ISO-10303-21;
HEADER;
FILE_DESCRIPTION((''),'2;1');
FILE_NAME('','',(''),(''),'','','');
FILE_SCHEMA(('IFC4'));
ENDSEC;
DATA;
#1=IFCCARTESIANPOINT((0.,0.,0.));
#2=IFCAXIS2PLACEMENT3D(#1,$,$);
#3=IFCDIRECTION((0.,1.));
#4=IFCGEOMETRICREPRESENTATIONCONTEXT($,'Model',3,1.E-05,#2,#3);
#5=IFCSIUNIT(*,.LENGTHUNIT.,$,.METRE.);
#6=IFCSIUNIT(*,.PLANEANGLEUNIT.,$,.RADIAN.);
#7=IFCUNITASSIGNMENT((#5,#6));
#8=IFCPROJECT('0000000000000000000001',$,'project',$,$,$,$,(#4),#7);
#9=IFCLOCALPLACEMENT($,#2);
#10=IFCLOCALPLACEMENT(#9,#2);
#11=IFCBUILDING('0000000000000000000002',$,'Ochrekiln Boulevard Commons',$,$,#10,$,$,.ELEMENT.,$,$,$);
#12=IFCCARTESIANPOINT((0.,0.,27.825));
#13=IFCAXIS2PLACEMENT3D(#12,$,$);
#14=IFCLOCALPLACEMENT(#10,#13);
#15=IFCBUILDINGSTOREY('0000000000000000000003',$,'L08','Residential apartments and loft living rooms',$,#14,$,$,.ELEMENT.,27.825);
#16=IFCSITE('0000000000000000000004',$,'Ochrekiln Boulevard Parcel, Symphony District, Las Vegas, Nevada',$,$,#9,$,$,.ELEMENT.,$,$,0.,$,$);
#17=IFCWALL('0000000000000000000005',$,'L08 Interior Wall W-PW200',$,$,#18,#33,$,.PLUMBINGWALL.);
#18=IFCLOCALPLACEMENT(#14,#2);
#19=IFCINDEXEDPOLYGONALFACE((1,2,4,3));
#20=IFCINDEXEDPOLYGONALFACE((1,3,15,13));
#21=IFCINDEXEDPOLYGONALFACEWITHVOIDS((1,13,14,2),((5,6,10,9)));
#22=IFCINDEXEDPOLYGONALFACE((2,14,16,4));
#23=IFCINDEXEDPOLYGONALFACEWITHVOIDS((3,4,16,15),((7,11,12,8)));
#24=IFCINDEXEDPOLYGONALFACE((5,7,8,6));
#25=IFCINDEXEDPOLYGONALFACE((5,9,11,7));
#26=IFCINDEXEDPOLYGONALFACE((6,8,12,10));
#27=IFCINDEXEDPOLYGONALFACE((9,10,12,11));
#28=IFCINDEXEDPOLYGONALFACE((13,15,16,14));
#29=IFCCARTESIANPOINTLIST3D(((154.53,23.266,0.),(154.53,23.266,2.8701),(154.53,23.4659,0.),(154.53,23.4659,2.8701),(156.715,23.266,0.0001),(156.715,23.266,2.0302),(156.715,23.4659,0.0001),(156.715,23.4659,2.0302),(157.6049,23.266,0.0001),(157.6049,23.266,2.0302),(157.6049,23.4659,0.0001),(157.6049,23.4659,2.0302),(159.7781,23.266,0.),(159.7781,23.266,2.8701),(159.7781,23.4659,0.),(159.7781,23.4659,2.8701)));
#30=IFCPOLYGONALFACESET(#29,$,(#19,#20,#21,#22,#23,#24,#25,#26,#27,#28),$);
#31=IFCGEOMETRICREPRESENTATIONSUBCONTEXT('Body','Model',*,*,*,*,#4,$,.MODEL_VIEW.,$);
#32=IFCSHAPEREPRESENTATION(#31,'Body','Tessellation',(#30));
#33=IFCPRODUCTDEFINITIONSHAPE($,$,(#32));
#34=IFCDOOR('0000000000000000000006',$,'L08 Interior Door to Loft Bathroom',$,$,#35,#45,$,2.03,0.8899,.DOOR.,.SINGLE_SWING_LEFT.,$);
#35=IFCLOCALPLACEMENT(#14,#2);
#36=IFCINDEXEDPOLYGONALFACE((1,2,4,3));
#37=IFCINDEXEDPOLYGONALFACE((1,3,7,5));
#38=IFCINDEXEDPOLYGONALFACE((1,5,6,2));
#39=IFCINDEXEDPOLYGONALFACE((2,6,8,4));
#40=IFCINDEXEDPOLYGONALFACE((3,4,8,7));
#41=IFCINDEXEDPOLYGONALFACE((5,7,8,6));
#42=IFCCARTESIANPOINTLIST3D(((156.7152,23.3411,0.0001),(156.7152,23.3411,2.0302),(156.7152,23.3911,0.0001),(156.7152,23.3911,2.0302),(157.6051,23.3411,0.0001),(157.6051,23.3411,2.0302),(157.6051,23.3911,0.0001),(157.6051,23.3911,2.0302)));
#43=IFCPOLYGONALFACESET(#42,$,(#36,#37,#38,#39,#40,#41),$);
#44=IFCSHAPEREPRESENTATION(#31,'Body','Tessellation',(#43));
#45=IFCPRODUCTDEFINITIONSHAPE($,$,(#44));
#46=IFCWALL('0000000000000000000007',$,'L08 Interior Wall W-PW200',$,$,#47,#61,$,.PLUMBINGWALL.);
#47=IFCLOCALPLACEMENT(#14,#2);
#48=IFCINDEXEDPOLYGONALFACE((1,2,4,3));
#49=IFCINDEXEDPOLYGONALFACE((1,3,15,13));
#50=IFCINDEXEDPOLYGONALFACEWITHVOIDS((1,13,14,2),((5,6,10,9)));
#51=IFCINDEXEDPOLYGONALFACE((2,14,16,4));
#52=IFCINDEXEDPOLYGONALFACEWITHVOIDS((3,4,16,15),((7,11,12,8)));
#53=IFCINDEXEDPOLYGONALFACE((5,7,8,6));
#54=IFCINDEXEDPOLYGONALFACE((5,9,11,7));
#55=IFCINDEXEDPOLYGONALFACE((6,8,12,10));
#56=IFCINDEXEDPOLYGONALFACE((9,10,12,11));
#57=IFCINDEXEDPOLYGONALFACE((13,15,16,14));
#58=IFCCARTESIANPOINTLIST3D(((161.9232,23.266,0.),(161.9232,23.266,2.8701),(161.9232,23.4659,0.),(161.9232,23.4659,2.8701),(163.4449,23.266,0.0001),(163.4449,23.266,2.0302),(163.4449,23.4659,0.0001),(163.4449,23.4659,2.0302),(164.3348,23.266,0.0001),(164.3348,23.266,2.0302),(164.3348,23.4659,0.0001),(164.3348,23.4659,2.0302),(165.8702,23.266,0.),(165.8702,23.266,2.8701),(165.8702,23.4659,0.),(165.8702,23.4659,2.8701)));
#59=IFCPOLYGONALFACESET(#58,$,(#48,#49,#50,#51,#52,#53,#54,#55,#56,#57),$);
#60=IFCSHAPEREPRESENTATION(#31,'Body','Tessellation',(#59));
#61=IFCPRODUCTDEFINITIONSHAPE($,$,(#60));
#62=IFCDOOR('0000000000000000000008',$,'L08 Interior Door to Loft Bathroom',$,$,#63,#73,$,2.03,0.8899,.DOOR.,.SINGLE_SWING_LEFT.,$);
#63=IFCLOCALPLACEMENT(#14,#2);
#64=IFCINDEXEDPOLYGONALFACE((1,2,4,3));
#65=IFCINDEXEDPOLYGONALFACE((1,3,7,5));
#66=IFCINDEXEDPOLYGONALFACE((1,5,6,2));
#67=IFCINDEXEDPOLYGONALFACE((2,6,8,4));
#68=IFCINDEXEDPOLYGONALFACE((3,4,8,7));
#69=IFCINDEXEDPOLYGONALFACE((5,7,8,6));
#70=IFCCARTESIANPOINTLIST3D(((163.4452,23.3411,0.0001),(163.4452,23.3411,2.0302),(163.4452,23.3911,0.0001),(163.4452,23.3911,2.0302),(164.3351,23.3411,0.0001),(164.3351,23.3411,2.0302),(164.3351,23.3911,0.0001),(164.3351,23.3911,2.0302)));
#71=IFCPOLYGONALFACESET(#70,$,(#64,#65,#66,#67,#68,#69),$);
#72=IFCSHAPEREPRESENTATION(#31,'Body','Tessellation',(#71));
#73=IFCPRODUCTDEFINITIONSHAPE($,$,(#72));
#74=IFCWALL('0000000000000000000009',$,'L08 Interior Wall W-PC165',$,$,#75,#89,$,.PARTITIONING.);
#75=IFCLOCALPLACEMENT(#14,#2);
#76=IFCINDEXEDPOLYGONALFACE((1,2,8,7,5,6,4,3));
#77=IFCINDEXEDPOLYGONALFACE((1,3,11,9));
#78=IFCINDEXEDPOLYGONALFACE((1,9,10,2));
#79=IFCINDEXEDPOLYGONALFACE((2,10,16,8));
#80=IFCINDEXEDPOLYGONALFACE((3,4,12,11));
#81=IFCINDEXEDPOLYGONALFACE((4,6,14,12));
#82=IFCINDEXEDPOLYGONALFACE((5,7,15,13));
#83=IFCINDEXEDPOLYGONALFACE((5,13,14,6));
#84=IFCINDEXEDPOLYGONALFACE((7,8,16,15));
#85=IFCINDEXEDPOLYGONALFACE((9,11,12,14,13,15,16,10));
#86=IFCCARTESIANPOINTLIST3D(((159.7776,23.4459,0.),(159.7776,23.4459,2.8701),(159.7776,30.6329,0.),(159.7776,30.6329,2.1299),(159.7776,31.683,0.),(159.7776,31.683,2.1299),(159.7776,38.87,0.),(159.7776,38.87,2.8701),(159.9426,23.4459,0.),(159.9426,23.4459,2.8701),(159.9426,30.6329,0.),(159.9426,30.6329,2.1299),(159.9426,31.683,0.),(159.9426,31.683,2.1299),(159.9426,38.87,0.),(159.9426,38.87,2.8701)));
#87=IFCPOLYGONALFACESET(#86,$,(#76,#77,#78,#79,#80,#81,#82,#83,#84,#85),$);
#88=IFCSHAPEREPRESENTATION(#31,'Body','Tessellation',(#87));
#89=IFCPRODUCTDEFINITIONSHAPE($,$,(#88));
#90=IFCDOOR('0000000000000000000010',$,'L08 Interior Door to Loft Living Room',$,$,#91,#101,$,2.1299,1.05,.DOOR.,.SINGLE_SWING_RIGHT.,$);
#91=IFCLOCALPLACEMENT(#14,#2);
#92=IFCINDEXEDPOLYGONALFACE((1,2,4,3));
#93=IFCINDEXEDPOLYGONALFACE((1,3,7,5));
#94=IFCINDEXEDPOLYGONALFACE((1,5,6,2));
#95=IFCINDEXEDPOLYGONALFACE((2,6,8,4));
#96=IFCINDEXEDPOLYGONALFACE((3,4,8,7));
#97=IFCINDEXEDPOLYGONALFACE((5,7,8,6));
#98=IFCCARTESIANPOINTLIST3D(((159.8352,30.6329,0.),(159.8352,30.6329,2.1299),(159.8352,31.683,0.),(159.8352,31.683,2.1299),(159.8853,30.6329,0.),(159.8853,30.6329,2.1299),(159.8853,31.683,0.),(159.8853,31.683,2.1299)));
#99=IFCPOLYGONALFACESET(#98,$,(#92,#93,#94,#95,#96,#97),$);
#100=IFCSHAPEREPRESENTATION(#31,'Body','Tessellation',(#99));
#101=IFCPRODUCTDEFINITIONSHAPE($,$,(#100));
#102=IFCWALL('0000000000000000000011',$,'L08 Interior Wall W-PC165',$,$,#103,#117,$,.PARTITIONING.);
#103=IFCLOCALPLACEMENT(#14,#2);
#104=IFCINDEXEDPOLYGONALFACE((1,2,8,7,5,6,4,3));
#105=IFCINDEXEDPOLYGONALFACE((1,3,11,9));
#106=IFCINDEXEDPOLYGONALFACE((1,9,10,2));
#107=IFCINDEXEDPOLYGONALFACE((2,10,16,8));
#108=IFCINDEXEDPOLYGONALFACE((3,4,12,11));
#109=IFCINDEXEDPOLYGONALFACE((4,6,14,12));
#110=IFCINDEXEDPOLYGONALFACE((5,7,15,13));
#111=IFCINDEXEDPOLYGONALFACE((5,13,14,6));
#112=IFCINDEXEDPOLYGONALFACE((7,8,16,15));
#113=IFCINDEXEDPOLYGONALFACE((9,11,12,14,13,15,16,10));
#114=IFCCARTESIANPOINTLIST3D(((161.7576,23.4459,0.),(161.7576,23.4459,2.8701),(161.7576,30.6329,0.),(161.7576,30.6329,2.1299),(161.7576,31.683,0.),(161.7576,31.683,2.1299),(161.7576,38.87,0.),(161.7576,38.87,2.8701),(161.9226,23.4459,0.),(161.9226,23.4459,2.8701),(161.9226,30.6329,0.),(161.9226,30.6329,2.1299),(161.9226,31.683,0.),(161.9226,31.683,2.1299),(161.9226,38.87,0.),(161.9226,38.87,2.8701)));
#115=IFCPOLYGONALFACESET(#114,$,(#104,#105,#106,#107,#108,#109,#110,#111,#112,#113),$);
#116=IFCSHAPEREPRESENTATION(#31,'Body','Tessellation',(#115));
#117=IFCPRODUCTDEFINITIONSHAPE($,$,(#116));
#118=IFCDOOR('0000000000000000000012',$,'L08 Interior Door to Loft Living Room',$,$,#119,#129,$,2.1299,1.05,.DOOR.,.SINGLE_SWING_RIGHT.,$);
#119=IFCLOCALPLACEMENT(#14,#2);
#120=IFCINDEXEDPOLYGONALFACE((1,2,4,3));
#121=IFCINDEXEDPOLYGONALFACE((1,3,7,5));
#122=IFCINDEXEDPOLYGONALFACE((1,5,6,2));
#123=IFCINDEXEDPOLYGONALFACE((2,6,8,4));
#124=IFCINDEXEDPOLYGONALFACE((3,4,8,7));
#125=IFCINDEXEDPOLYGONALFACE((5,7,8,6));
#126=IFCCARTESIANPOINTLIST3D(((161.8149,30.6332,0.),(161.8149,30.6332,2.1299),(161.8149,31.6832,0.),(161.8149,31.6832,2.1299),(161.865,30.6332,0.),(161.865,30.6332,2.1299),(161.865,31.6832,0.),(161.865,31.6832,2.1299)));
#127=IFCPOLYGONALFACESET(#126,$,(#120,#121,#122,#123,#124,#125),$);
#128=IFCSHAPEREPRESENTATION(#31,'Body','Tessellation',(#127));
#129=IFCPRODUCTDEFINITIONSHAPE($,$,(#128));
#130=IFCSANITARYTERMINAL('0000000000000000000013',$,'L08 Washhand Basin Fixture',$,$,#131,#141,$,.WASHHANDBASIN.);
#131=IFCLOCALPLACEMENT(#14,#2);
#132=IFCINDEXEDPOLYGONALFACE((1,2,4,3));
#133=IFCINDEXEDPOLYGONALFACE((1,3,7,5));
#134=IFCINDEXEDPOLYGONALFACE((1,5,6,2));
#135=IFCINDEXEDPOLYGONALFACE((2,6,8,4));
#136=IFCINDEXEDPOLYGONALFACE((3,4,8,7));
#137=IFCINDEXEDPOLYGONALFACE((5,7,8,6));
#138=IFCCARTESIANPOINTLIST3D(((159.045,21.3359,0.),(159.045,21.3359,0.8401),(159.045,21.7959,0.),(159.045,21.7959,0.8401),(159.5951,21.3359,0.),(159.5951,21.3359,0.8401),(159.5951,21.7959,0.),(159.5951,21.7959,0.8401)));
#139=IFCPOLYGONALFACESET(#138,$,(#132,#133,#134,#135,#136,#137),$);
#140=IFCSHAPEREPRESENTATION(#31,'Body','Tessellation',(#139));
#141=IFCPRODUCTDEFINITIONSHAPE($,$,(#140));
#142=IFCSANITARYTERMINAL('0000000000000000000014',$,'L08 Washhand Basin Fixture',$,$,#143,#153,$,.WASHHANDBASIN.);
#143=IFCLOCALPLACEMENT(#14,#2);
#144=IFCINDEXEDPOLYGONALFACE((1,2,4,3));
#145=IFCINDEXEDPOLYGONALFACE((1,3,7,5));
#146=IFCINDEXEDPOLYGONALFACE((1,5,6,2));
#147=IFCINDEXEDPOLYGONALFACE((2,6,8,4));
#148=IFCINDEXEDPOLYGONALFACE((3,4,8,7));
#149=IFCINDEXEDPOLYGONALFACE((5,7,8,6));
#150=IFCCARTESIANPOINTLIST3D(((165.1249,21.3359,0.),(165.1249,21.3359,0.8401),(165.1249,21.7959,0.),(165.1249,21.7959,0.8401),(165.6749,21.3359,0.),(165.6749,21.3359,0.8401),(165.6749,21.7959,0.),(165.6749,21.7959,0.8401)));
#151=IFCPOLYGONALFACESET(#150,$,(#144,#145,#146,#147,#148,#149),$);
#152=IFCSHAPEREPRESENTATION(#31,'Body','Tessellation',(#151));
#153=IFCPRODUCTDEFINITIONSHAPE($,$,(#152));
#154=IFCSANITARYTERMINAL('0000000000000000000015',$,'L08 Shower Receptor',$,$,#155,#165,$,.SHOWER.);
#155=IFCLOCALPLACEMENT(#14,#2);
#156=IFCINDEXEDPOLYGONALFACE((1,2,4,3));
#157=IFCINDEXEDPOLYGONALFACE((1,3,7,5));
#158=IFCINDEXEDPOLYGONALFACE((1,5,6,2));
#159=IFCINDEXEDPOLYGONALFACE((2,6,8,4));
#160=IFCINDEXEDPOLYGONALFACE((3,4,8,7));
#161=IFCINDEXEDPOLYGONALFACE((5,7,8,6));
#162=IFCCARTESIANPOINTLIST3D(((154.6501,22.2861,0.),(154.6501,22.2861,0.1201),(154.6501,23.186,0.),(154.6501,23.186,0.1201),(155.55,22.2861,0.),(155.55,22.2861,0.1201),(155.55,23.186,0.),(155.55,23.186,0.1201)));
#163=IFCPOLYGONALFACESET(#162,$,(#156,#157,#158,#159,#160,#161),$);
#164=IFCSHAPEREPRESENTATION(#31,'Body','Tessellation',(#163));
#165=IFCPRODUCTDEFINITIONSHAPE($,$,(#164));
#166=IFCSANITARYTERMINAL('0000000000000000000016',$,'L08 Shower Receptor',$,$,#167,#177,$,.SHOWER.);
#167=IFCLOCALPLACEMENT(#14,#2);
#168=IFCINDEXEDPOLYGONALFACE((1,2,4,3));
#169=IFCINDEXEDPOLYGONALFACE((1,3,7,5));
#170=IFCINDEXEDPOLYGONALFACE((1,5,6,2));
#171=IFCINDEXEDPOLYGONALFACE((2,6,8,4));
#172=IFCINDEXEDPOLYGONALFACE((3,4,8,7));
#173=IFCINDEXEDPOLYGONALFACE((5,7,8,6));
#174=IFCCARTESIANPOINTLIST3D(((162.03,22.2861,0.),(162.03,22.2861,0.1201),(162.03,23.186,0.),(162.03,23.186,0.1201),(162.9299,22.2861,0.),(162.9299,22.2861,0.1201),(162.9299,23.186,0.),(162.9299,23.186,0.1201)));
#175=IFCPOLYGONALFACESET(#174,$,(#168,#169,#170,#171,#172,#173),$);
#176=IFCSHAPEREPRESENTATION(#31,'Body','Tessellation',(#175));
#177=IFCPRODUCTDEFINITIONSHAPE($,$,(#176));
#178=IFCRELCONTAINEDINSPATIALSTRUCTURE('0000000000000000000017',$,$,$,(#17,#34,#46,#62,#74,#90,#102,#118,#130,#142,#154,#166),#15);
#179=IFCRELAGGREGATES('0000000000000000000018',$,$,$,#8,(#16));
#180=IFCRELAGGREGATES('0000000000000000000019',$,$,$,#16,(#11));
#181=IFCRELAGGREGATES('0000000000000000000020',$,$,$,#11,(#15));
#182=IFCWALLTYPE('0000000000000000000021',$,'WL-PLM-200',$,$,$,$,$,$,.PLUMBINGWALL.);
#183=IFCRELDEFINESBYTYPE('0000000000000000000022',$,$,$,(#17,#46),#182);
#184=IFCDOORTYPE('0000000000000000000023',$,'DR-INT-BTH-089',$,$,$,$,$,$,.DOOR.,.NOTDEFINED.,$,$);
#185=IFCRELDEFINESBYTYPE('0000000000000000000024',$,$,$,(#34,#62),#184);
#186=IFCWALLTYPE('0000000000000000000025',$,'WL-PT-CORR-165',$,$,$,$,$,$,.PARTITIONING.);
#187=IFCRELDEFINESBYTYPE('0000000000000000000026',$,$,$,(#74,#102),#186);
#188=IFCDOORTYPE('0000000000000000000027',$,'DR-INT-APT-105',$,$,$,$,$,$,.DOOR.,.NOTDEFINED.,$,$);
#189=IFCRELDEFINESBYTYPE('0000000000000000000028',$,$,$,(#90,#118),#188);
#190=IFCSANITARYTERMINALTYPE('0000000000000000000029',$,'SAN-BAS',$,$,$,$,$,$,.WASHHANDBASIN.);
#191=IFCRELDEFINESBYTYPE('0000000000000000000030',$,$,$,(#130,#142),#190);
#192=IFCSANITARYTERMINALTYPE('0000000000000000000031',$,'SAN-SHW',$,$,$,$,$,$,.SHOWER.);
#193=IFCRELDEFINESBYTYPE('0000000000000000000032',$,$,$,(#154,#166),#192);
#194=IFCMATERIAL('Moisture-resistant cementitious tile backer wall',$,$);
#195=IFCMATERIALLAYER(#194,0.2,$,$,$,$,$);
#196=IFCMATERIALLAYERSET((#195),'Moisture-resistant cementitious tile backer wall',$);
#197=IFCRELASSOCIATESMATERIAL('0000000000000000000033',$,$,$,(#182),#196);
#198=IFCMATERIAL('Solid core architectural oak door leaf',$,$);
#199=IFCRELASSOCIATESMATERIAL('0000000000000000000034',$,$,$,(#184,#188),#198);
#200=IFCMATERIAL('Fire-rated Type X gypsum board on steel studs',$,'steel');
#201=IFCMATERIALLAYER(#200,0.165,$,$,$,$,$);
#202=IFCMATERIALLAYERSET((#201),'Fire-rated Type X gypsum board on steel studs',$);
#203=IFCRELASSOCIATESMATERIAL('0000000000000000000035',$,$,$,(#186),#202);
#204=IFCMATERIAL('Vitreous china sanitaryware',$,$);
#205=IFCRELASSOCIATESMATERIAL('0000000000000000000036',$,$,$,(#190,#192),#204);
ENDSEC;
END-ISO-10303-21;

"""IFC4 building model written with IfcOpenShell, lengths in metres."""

from ifc_helpers import new_model, si_unit, direction, frame, frame_2d, origin, origin_2d, place, context, subcontext, project, spatial, rectangle, extrude, material, layer, layer_set, type_object, element, fill, save


model = new_model("IFC4")

# Units and contexts
model_context = context("Model", 3, precision=1e-05, world=origin(), true_north=direction((0.0, 1.0)))
body_context = subcontext(model_context, "Body", "Model", "MODEL_VIEW")
ifc_project = project(units=[si_unit("LENGTHUNIT", "METRE"), si_unit("PLANEANGLEUNIT", "RADIAN")], contexts=[model_context])

# Site, building, storey
site_placement = place(None, origin())
site = spatial("IfcSite", under=ifc_project, at=site_placement, Name="Ochrekiln Boulevard Parcel, Symphony District, Las Vegas, Nevada", CompositionType="ELEMENT", RefElevation=0.0)
building_placement = place(site_placement, origin())
building = spatial("IfcBuilding", under=site, at=building_placement, Name="Ochrekiln Boulevard Commons", CompositionType="ELEMENT")
storey_placement = place(building_placement, frame((0.0, 0.0, 27.825)))
storey = spatial("IfcBuildingStorey", under=building, at=storey_placement, Name="L08", Description="Residential apartments and loft living rooms", CompositionType="ELEMENT", Elevation=27.825)

# Walls, openings, doors
ifc_material_1 = material(Name="Moisture-resistant cementitious tile backer wall")
ifc_layer_1 = layer(ifc_material_1, 0.2)
ifc_layer_set_1 = layer_set([ifc_layer_1], Name="Moisture-resistant cementitious tile backer wall")
wall_type_1 = type_object("IfcWallType", Name="WL-PLM-200", PredefinedType="PLUMBINGWALL", material=ifc_layer_set_1)
wall_1_placement = place(storey_placement, frame((154.53, 23.366, 0.0), z_axis=(0.0, 0.0, 1.0), x_axis=(1.0, 0.0, 0.0)))
wall_1 = element("IfcWall", 1, at=wall_1_placement, inside=storey, type_object=wall_type_1, Name="L08 Interior Wall W-PW200", PredefinedType="PLUMBINGWALL", context=body_context, shape_type="SweptSolid", body=[
    extrude(rectangle(XDim=5.248, YDim=0.2, at=frame_2d((2.624, 0.0))), origin(), (0.0, 0.0, 1.0), 2.8701),
])
opening_1_placement = place(wall_1_placement, frame((2.1851, 0.0, 0.0)))
opening_1 = element("IfcOpeningElement", 2, at=opening_1_placement, cuts=wall_1, PredefinedType="OPENING", context=body_context, shape_type="SweptSolid", body=[
    extrude(rectangle(XDim=0.8899, YDim=2.03, at=frame_2d((0.4448, 1.0151))), frame((0.0, 0.1099, 0.0), z_axis=(0.0, -1.0, 0.0), x_axis=(1.0, 0.0, 0.0)), (0.0, 0.0, 1.0), 0.22),
])
ifc_material_2 = material(Name="Solid core architectural oak door leaf")
door_type_1 = type_object("IfcDoorType", Name="DR-INT-BTH-089", OperationType="NOTDEFINED", PredefinedType="DOOR", material=ifc_material_2)
door_1_placement = place(opening_1_placement, frame((0.8899, 0.0, 0.0), z_axis=(0.0, 0.0, 1.0), x_axis=(-1.0, 0.0, 0.0)))
door_1 = element("IfcDoor", 3, at=door_1_placement, inside=storey, type_object=door_type_1, Name="L08 Interior Door to Loft Bathroom", OperationType="SINGLE_SWING_LEFT", OverallHeight=2.03, OverallWidth=0.8899, PredefinedType="DOOR", context=body_context, shape_type="SweptSolid", body=[
    extrude(rectangle(XDim=0.8899, YDim=2.03, at=frame_2d((0.4448, 1.0151))), frame((0.0, 0.0249, 0.0), z_axis=(0.0, -1.0, 0.0), x_axis=(1.0, 0.0, 0.0)), (0.0, 0.0, 1.0), 0.05),
])
fill(opening_1, door_1)
wall_2_placement = place(storey_placement, frame((161.9231, 23.366, 0.0), z_axis=(0.0, 0.0, 1.0), x_axis=(1.0, 0.0, 0.0)))
wall_2 = element("IfcWall", 4, at=wall_2_placement, inside=storey, type_object=wall_type_1, Name="L08 Interior Wall W-PW200", PredefinedType="PLUMBINGWALL", context=body_context, shape_type="SweptSolid", body=[
    extrude(rectangle(XDim=3.947, YDim=0.2, at=frame_2d((1.9736, 0.0))), origin(), (0.0, 0.0, 1.0), 2.8701),
])
opening_2_placement = place(wall_2_placement, frame((1.522, 0.0, 0.0)))
opening_2 = element("IfcOpeningElement", 5, at=opening_2_placement, cuts=wall_2, PredefinedType="OPENING", context=body_context, shape_type="SweptSolid", body=[
    extrude(rectangle(XDim=0.8899, YDim=2.03, at=frame_2d((0.4448, 1.0151))), frame((0.0, 0.1099, 0.0), z_axis=(0.0, -1.0, 0.0), x_axis=(1.0, 0.0, 0.0)), (0.0, 0.0, 1.0), 0.22),
])
door_2_placement = place(opening_2_placement, frame((0.8899, 0.0, 0.0), z_axis=(0.0, 0.0, 1.0), x_axis=(-1.0, 0.0, 0.0)))
door_2 = element("IfcDoor", 6, at=door_2_placement, inside=storey, type_object=door_type_1, Name="L08 Interior Door to Loft Bathroom", OperationType="SINGLE_SWING_LEFT", OverallHeight=2.03, OverallWidth=0.8899, PredefinedType="DOOR", context=body_context, shape_type="SweptSolid", body=[
    extrude(rectangle(XDim=0.8899, YDim=2.03, at=frame_2d((0.4448, 1.0151))), frame((0.0, 0.0249, 0.0), z_axis=(0.0, -1.0, 0.0), x_axis=(1.0, 0.0, 0.0)), (0.0, 0.0, 1.0), 0.05),
])
fill(opening_2, door_2)
ifc_material_3 = material(Name="Fire-rated Type X gypsum board on steel studs", Category="steel")
ifc_layer_2 = layer(ifc_material_3, 0.165)
ifc_layer_set_2 = layer_set([ifc_layer_2], Name="Fire-rated Type X gypsum board on steel studs")
wall_type_2 = type_object("IfcWallType", Name="WL-PT-CORR-165", PredefinedType="PARTITIONING", material=ifc_layer_set_2)
wall_3_placement = place(storey_placement, frame((159.8601, 23.446, 0.0), z_axis=(0.0, 0.0, 1.0), x_axis=(0.0, 1.0, 0.0)))
wall_3 = element("IfcWall", 7, at=wall_3_placement, inside=storey, type_object=wall_type_2, Name="L08 Interior Wall W-PC165", PredefinedType="PARTITIONING", context=body_context, shape_type="SweptSolid", body=[
    extrude(rectangle(XDim=15.4241, YDim=0.165, at=frame_2d((7.7119, 0.0))), origin(), (0.0, 0.0, 1.0), 2.8701),
])
opening_3_placement = place(wall_3_placement, frame((7.187, 0.0, 0.0)))
opening_3 = element("IfcOpeningElement", 8, at=opening_3_placement, cuts=wall_3, PredefinedType="OPENING", context=body_context, shape_type="SweptSolid", body=[
    extrude(rectangle(XDim=1.05, YDim=2.1299, at=frame_2d((0.5249, 1.0649))), frame((0.0, 0.0925, 0.0), z_axis=(0.0, -1.0, 0.0), x_axis=(1.0, 0.0, 0.0)), (0.0, 0.0, 1.0), 0.1851),
])
door_type_2 = type_object("IfcDoorType", Name="DR-INT-APT-105", OperationType="NOTDEFINED", PredefinedType="DOOR", material=ifc_material_2)
door_3_placement = place(opening_3_placement, origin())
door_3 = element("IfcDoor", 9, at=door_3_placement, inside=storey, type_object=door_type_2, Name="L08 Interior Door to Loft Living Room", OperationType="SINGLE_SWING_RIGHT", OverallHeight=2.1299, OverallWidth=1.05, PredefinedType="DOOR", context=body_context, shape_type="SweptSolid", body=[
    extrude(rectangle(XDim=1.05, YDim=2.1299, at=frame_2d((0.5249, 1.0649))), frame((0.0, 0.0249, 0.0), z_axis=(0.0, -1.0, 0.0), x_axis=(1.0, 0.0, 0.0)), (0.0, 0.0, 1.0), 0.05),
])
fill(opening_3, door_3)
wall_4_placement = place(storey_placement, frame((161.8401, 23.446, 0.0), z_axis=(0.0, 0.0, 1.0), x_axis=(0.0, 1.0, 0.0)))
wall_4 = element("IfcWall", 10, at=wall_4_placement, inside=storey, type_object=wall_type_2, Name="L08 Interior Wall W-PC165", PredefinedType="PARTITIONING", context=body_context, shape_type="SweptSolid", body=[
    extrude(rectangle(XDim=15.4241, YDim=0.165, at=frame_2d((7.7119, 0.0))), origin(), (0.0, 0.0, 1.0), 2.8701),
])
opening_4_placement = place(wall_4_placement, frame((7.187, 0.0, 0.0)))
opening_4 = element("IfcOpeningElement", 11, at=opening_4_placement, cuts=wall_4, PredefinedType="OPENING", context=body_context, shape_type="SweptSolid", body=[
    extrude(rectangle(XDim=1.05, YDim=2.1299, at=frame_2d((0.5249, 1.0649))), frame((0.0, 0.0925, 0.0), z_axis=(0.0, -1.0, 0.0), x_axis=(1.0, 0.0, 0.0)), (0.0, 0.0, 1.0), 0.1851),
])
door_4_placement = place(opening_4_placement, frame((1.05, 0.0, 0.0), z_axis=(0.0, 0.0, 1.0), x_axis=(-1.0, 0.0, 0.0)))
door_4 = element("IfcDoor", 12, at=door_4_placement, inside=storey, type_object=door_type_2, Name="L08 Interior Door to Loft Living Room", OperationType="SINGLE_SWING_RIGHT", OverallHeight=2.1299, OverallWidth=1.05, PredefinedType="DOOR", context=body_context, shape_type="SweptSolid", body=[
    extrude(rectangle(XDim=1.05, YDim=2.1299, at=frame_2d((0.5249, 1.0649))), frame((0.0, 0.0249, 0.0), z_axis=(0.0, -1.0, 0.0), x_axis=(1.0, 0.0, 0.0)), (0.0, 0.0, 1.0), 0.05),
])
fill(opening_4, door_4)

# Sanitary terminals
ifc_material_4 = material(Name="Vitreous china sanitaryware")
sanitary_terminal_type_1 = type_object("IfcSanitaryTerminalType", Name="SAN-BAS", PredefinedType="WASHHANDBASIN", material=ifc_material_4)
for number, where, z_axis, x_axis, name in (
    (13, (159.3201, 21.5659, 0.0), (0.0, 0.0, 1.0), (1.0, 0.0, 0.0), "L08 Washhand Basin Fixture"),
    (14, (165.3999, 21.5659, 0.0), (0.0, 0.0, 1.0), (1.0, 0.0, 0.0), "L08 Washhand Basin Fixture"),
):
    element("IfcSanitaryTerminal", number, at=place(storey_placement, frame(where, z_axis=z_axis, x_axis=x_axis)), inside=storey, type_object=sanitary_terminal_type_1, Name=name, PredefinedType="WASHHANDBASIN", context=body_context, shape_type="SweptSolid", body=[
        extrude(rectangle(XDim=0.55, YDim=0.46, at=origin_2d()), origin(), (0.0, 0.0, 1.0), 0.8401),
    ])
sanitary_terminal_type_2 = type_object("IfcSanitaryTerminalType", Name="SAN-SHW", PredefinedType="SHOWER", material=ifc_material_4)
for number, where, z_axis, x_axis, name in (
    (15, (155.1001, 22.7361, 0.0), (0.0, 0.0, 1.0), (1.0, 0.0, 0.0), "L08 Shower Receptor"),
    (16, (162.48, 22.7361, 0.0), (0.0, 0.0, 1.0), (1.0, 0.0, 0.0), "L08 Shower Receptor"),
):
    element("IfcSanitaryTerminal", number, at=place(storey_placement, frame(where, z_axis=z_axis, x_axis=x_axis)), inside=storey, type_object=sanitary_terminal_type_2, Name=name, PredefinedType="SHOWER", context=body_context, shape_type="SweptSolid", body=[
        extrude(rectangle(XDim=0.8999, YDim=0.8999, at=origin_2d()), origin(), (0.0, 0.0, 1.0), 0.1201),
    ])

save(model, "model.ifc")
